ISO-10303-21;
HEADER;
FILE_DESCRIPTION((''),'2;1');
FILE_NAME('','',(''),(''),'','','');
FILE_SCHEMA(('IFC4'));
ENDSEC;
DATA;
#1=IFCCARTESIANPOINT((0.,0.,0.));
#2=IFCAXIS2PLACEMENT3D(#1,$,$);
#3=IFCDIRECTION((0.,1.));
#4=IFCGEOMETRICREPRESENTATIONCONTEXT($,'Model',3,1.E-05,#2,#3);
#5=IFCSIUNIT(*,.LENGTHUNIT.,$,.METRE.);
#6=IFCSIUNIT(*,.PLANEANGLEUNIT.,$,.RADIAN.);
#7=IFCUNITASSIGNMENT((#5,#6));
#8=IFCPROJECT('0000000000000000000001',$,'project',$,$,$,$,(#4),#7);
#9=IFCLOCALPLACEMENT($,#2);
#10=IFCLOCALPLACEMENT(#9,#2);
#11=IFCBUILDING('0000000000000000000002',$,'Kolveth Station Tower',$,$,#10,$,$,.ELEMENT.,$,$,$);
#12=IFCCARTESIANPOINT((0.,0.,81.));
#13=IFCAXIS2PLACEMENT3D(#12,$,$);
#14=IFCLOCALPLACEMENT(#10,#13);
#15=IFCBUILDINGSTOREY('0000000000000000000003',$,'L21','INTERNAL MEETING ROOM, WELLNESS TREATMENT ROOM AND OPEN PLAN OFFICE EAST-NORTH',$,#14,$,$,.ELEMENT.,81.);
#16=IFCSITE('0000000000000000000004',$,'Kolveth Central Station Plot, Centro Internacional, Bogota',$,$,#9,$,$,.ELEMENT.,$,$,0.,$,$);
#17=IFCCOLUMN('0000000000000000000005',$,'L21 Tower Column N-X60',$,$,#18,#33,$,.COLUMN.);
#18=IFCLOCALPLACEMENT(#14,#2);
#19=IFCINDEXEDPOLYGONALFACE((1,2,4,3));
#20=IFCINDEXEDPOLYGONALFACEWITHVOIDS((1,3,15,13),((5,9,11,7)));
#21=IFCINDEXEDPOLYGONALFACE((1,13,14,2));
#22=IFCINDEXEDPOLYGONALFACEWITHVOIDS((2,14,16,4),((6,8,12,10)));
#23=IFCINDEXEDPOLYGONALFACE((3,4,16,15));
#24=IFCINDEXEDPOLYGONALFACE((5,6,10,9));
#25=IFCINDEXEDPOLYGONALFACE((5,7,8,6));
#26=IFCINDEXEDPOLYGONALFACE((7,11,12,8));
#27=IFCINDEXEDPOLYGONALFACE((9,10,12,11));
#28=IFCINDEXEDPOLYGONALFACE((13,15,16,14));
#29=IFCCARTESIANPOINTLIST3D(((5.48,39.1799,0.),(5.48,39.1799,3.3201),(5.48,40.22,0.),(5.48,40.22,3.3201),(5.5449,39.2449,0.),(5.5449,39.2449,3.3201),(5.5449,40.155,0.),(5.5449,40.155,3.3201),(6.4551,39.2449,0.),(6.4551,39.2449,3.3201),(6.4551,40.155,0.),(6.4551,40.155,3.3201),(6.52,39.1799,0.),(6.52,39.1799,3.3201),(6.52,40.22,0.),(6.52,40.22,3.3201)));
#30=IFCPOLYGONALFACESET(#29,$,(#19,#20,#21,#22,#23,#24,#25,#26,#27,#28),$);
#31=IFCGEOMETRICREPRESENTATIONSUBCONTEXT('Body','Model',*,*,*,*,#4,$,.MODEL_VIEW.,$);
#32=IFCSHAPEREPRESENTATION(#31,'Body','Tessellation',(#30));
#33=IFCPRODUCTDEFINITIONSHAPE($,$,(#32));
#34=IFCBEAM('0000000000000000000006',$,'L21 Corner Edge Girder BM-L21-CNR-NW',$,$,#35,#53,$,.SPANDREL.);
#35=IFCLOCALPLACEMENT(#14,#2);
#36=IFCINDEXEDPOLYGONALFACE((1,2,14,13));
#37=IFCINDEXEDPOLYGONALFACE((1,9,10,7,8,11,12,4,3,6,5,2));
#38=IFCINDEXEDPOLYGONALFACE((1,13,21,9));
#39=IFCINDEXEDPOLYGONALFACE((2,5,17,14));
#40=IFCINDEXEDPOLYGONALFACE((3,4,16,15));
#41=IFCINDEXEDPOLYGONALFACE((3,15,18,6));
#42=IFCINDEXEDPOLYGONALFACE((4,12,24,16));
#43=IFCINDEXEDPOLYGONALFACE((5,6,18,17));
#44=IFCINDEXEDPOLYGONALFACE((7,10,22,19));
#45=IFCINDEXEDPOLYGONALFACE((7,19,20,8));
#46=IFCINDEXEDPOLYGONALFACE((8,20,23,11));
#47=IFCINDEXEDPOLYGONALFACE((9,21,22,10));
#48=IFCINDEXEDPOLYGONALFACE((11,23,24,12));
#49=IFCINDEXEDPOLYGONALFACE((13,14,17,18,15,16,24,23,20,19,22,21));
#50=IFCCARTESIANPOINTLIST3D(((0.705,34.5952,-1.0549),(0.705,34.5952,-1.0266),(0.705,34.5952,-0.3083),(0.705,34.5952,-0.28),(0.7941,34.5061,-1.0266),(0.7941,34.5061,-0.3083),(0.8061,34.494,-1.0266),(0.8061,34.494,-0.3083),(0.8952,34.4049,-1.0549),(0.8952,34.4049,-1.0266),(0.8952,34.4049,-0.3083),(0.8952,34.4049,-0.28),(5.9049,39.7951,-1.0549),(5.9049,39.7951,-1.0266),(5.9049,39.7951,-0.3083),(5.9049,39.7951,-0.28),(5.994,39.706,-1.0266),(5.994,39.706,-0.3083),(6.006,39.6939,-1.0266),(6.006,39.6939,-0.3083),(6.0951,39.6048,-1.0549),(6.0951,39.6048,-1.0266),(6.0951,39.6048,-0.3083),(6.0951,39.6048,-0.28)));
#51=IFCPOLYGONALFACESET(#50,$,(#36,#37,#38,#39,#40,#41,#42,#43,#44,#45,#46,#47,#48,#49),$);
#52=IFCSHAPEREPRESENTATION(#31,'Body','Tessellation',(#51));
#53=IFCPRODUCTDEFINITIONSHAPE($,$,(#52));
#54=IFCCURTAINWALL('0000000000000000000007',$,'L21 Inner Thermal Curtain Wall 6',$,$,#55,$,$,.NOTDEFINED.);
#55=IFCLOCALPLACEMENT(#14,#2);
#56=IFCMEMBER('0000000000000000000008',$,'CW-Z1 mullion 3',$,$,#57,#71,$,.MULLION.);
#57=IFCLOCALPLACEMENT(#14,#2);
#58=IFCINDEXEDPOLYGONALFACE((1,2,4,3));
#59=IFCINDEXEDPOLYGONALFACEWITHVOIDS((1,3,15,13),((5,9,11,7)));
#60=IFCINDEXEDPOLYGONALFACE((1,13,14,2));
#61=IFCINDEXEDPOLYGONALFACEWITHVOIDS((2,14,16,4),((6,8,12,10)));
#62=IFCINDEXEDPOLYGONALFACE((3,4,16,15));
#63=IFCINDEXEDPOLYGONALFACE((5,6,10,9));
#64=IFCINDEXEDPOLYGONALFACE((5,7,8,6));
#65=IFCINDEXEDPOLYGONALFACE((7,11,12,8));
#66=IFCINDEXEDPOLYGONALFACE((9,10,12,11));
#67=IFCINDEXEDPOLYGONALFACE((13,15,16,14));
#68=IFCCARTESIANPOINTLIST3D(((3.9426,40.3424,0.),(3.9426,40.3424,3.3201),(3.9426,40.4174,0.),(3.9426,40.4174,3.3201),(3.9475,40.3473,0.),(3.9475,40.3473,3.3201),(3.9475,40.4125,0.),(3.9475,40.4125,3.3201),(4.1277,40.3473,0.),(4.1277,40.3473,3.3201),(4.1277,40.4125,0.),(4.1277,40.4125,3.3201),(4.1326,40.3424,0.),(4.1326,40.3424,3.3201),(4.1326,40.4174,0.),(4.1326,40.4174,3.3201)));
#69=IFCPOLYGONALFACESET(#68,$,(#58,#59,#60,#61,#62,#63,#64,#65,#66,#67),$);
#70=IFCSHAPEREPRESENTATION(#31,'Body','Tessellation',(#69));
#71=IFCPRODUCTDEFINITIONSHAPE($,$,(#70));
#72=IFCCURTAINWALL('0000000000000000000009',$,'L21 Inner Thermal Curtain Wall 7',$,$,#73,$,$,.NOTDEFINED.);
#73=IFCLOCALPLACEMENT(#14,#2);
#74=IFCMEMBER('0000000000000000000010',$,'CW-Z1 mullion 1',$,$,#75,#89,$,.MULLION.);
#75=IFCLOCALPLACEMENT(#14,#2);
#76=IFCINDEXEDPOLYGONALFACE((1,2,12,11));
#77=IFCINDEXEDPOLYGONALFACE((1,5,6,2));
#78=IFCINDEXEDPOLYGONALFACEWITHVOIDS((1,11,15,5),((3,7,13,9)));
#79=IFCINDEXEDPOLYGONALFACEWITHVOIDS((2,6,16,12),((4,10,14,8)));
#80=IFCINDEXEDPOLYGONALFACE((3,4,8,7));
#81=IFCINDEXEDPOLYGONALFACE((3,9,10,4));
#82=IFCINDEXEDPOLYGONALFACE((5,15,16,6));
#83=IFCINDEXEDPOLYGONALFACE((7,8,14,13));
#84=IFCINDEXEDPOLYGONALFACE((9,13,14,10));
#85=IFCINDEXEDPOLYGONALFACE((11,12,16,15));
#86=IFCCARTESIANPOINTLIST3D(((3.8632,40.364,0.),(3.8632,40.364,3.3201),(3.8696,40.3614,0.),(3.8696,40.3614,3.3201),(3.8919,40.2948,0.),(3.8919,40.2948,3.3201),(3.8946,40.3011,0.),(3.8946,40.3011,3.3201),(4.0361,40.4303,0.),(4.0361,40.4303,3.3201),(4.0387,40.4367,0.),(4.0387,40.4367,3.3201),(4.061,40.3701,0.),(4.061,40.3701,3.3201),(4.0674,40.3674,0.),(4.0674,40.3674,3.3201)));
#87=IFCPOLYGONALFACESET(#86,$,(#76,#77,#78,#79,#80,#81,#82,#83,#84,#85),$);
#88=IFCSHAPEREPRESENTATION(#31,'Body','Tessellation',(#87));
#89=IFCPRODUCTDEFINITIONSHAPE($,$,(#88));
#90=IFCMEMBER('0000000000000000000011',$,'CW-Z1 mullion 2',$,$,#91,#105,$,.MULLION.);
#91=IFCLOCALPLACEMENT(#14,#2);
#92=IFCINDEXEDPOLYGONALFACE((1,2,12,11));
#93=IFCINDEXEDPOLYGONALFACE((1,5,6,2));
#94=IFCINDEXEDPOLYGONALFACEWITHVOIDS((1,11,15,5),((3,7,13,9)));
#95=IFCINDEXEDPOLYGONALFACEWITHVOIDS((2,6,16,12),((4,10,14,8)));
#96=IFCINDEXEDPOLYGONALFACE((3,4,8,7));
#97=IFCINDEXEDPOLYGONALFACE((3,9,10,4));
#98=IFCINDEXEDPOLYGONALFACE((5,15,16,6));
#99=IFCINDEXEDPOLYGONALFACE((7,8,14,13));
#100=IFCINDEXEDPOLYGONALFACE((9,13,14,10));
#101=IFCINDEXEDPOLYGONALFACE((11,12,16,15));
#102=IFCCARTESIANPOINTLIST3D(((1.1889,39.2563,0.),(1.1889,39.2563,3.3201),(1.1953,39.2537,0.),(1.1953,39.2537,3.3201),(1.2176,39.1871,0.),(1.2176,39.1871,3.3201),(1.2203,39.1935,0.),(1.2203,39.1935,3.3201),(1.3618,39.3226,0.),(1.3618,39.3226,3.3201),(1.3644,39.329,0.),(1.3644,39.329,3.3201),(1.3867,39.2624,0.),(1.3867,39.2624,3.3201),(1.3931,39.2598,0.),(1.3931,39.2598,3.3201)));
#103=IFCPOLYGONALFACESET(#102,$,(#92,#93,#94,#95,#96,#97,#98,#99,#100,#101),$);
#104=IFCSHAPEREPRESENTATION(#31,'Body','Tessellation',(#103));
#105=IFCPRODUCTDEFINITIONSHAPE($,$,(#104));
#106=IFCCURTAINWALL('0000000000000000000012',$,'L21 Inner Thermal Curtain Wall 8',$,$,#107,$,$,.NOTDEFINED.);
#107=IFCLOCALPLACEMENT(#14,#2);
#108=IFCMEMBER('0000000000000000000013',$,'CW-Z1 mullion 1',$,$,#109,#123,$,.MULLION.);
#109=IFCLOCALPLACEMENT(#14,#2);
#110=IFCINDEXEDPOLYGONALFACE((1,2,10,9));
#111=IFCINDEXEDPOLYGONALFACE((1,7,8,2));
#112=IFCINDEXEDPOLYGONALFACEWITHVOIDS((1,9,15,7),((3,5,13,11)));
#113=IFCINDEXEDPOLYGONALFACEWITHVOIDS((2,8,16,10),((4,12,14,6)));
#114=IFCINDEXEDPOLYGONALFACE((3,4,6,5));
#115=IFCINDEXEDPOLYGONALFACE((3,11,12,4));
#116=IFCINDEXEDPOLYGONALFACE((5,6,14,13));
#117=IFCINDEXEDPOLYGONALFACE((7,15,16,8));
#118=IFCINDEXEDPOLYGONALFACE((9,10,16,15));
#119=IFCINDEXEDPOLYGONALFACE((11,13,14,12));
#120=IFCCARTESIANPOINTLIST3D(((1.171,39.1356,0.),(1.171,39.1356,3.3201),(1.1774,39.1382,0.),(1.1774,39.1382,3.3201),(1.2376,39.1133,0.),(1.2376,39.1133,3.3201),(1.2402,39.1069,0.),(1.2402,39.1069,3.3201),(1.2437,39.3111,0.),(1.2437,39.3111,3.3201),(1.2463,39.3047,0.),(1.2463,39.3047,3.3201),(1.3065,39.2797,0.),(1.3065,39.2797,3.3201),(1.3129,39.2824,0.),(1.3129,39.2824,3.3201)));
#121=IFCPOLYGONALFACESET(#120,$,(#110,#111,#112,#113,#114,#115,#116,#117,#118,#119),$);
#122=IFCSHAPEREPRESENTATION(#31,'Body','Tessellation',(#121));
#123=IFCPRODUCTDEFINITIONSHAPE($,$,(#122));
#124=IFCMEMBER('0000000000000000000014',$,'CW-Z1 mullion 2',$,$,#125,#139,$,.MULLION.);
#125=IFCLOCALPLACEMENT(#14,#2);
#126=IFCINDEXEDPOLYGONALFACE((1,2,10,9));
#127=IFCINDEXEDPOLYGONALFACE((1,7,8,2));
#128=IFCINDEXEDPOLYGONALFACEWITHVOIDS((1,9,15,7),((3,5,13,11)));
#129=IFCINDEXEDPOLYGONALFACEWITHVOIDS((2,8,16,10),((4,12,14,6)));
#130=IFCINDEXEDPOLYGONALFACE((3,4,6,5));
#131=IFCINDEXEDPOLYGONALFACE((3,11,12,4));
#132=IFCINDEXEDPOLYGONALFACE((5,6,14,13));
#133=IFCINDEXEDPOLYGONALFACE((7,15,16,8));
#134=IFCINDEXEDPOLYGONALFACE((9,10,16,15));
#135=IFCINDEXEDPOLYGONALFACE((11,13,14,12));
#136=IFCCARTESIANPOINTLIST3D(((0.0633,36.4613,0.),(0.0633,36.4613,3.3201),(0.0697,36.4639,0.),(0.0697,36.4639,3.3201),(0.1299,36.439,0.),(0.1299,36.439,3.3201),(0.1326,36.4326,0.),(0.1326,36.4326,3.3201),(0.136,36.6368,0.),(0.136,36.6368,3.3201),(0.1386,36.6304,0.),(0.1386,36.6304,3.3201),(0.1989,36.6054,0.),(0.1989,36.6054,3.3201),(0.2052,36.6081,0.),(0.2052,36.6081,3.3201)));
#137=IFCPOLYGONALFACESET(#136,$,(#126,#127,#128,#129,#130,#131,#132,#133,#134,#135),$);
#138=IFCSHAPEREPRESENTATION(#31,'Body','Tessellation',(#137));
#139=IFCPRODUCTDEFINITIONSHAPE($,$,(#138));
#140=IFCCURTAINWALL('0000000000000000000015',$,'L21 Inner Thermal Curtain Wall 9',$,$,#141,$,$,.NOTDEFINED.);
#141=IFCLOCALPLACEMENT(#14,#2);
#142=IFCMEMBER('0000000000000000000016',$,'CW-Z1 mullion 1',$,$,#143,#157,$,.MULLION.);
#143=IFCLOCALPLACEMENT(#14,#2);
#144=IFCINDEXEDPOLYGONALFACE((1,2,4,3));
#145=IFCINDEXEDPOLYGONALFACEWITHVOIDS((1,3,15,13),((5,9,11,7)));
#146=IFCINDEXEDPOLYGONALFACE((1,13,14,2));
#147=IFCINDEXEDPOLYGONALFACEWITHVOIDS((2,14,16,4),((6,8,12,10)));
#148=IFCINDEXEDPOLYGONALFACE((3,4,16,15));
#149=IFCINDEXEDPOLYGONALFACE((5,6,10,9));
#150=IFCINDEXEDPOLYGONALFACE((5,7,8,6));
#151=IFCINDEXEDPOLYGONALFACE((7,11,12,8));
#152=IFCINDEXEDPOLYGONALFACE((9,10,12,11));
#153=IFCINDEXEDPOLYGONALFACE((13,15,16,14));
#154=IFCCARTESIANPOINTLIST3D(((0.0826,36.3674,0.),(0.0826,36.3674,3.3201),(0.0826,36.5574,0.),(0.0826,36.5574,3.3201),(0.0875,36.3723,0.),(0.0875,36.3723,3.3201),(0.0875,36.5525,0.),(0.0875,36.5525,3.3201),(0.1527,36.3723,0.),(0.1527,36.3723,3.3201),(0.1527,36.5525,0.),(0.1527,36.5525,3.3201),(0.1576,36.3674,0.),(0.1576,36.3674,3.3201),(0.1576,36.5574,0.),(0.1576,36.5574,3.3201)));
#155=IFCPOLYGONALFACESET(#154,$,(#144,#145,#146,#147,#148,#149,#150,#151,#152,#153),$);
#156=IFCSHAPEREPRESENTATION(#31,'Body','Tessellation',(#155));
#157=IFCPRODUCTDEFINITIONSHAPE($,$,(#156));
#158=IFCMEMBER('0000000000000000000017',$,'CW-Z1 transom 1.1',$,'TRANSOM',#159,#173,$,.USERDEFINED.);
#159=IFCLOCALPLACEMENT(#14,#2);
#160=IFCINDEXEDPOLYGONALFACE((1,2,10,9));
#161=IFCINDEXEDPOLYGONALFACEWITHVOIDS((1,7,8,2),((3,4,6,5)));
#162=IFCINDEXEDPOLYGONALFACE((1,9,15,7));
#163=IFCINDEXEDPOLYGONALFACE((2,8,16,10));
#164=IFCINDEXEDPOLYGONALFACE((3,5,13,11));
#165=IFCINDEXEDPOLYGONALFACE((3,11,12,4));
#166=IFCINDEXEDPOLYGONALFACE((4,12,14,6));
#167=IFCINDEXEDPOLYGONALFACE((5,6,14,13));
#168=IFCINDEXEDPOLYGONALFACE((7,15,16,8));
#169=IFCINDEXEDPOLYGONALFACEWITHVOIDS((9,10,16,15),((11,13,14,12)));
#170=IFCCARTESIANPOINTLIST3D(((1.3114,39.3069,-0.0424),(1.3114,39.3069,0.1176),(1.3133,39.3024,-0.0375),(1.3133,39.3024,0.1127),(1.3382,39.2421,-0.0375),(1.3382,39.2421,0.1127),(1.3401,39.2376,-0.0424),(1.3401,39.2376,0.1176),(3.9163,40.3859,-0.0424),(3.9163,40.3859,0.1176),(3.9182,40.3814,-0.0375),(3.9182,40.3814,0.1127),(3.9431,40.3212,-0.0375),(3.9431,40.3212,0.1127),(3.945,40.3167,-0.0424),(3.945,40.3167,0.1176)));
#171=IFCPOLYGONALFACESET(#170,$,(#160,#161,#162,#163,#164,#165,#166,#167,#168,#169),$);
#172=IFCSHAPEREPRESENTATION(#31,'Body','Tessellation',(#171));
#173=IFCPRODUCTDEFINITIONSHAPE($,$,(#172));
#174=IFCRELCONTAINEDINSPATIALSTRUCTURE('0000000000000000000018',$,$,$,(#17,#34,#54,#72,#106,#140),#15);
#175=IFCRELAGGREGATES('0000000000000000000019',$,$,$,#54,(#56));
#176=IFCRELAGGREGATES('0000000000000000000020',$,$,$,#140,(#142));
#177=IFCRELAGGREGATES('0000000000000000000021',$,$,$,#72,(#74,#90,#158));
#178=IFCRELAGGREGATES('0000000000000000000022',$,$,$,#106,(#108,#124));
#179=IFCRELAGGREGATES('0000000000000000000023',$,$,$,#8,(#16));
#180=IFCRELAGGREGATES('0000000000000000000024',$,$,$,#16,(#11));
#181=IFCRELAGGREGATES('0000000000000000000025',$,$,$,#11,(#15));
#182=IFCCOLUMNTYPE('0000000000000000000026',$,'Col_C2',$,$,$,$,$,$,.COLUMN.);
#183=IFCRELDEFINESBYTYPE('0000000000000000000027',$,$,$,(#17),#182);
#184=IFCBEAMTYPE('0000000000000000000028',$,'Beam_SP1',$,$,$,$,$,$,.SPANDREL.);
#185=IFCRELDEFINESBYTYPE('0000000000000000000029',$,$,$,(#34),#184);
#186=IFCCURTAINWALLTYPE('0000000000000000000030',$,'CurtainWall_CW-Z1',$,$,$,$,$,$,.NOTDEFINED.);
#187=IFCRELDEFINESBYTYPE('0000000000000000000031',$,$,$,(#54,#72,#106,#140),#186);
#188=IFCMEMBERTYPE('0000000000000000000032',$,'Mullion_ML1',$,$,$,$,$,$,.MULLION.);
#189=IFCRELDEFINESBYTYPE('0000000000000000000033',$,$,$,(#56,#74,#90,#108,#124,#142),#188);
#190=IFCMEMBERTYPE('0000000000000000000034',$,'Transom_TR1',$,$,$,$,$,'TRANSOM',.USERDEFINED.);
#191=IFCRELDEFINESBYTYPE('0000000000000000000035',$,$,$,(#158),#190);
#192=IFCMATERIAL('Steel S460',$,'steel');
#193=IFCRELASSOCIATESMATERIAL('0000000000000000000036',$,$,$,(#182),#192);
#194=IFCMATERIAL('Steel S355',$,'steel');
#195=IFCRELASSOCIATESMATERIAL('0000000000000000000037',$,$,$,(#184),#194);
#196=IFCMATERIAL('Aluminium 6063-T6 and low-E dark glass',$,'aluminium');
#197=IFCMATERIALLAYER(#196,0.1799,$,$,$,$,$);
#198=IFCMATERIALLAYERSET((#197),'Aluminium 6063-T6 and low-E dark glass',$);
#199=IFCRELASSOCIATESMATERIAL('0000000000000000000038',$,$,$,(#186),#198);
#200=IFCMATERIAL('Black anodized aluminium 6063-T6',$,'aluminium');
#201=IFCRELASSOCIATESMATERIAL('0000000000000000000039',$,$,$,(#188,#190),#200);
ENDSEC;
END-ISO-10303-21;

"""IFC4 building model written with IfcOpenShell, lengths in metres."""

from ifc_helpers import new_model, si_unit, direction, frame, origin, origin_2d, place, context, subcontext, project, spatial, hollow_rectangle, i_section, extrude, source, transform, mapped, material, layer, layer_set, material_profile, profile_set, type_object, element, aggregate, save


model = new_model("IFC4")

# Units and contexts
model_context = context("Model", 3, precision=1e-05, world=origin(), true_north=direction((0.0, 1.0)))
body_context = subcontext(model_context, "Body", "Model", "MODEL_VIEW")
ifc_project = project(units=[si_unit("LENGTHUNIT", "METRE"), si_unit("PLANEANGLEUNIT", "RADIAN")], contexts=[model_context])

# Site, building, storey
site_placement = place(None, origin())
site = spatial("IfcSite", under=ifc_project, at=site_placement, Name="Kolveth Central Station Plot, Centro Internacional, Bogota", CompositionType="ELEMENT", RefElevation=0.0)
building_placement = place(site_placement, origin())
building = spatial("IfcBuilding", under=site, at=building_placement, Name="Kolveth Station Tower", CompositionType="ELEMENT")
storey_placement = place(building_placement, frame((0.0, 0.0, 81.0)))
storey = spatial("IfcBuildingStorey", under=building, at=storey_placement, Name="L21", Description="INTERNAL MEETING ROOM, WELLNESS TREATMENT ROOM AND OPEN PLAN OFFICE EAST-NORTH", CompositionType="ELEMENT", Elevation=81.0)

# Column
ifc_material_1 = material(Name="Steel S460", Category="steel")
ifc_material_profile_1 = material_profile(ifc_material_1, hollow_rectangle(XDim=1.04, YDim=1.04, WallThickness=0.0649, at=origin_2d()), Name="BOX1040x1040x65")
ifc_profile_set_1 = profile_set([ifc_material_profile_1], Name="Steel S460")
column_type = type_object("IfcColumnType", Name="Col_C2", PredefinedType="COLUMN", material=ifc_profile_set_1)
shared_shape_1 = source(origin(), body_context, "Body", "SweptSolid", [
    extrude(hollow_rectangle(XDim=1.04, YDim=1.04, WallThickness=0.0649, at=origin_2d()), origin(), (0.0, 0.0, 1.0), 3.3201),
])
column_placement = place(storey_placement, frame((6.0, 39.7, 0.0), z_axis=(0.0, 0.0, 1.0), x_axis=(1.0, 0.0, 0.0)))
element("IfcColumn", 1, at=column_placement, inside=storey, type_object=column_type, Name="L21 Tower Column N-X60", PredefinedType="COLUMN", context=body_context, shape_type="MappedRepresentation", body=[
    mapped(shared_shape_1, transform((0.0, 0.0, 0.0), x_axis=(1.0, 0.0, 0.0), y_axis=(0.0, 1.0, 0.0), z_axis=(0.0, 0.0, 1.0), scale=1.0)),
])

# Beam
ifc_material_2 = material(Name="Steel S355", Category="steel")
ifc_material_profile_2 = material_profile(ifc_material_2, i_section(OverallWidth=0.269, OverallDepth=0.7749, WebThickness=0.0171, FlangeThickness=0.0283, at=origin_2d()), Name="W760x220")
ifc_profile_set_2 = profile_set([ifc_material_profile_2], Name="Steel S355")
beam_type = type_object("IfcBeamType", Name="Beam_SP1", PredefinedType="SPANDREL", material=ifc_profile_set_2)
shared_shape_2 = source(origin(), body_context, "Body", "SweptSolid", [
    extrude(i_section(OverallWidth=0.269, OverallDepth=0.7749, WebThickness=0.0171, FlangeThickness=0.0283, at=origin_2d()), origin(), (0.0, 0.0, 1.0), 7.3538),
])
beam_placement = place(storey_placement, frame((6.0, 39.7, -0.6675), z_axis=(-0.707107, -0.707107, 0.0), x_axis=(0.707107, -0.707107, 0.0)))
element("IfcBeam", 2, at=beam_placement, inside=storey, type_object=beam_type, Name="L21 Corner Edge Girder BM-L21-CNR-NW", PredefinedType="SPANDREL", context=body_context, shape_type="MappedRepresentation", body=[
    mapped(shared_shape_2, transform((0.0, 0.0, 0.0), x_axis=(1.0, 0.0, 0.0), y_axis=(0.0, 1.0, 0.0), z_axis=(0.0, 0.0, 1.0), scale=1.0)),
])

# Curtain wall, member
ifc_material_3 = material(Name="Aluminium 6063-T6 and low-E dark glass", Category="aluminium")
ifc_layer_1 = layer(ifc_material_3, 0.1799)
ifc_layer_set_1 = layer_set([ifc_layer_1], Name="Aluminium 6063-T6 and low-E dark glass")
curtain_wall_type_1 = type_object("IfcCurtainWallType", Name="CurtainWall_CW-Z1", PredefinedType="NOTDEFINED", material=ifc_layer_set_1)
curtain_wall_1_placement = place(storey_placement, origin())
curtain_wall_1 = element("IfcCurtainWall", 3, at=curtain_wall_1_placement, inside=storey, type_object=curtain_wall_type_1, Name="L21 Inner Thermal Curtain Wall 6", PredefinedType="NOTDEFINED")
ifc_material_4 = material(Name="Black anodized aluminium 6063-T6", Category="aluminium")
ifc_material_profile_3 = material_profile(ifc_material_4, hollow_rectangle(XDim=0.075, YDim=0.1899, WallThickness=0.0049, at=origin_2d()), Name="ALU-75x190x5")
ifc_profile_set_3 = profile_set([ifc_material_profile_3], Name="Black anodized aluminium 6063-T6")
member_type_1 = type_object("IfcMemberType", Name="Mullion_ML1", PredefinedType="MULLION", material=ifc_profile_set_3)
shared_shape_3 = source(origin(), body_context, "Body", "SweptSolid", [
    extrude(hollow_rectangle(XDim=0.075, YDim=0.1899, WallThickness=0.0049, at=origin_2d()), origin(), (0.0, 0.0, 1.0), 3.3201),
])
member_1_placement = place(storey_placement, frame((4.0376, 40.3799, 0.0), z_axis=(0.0, 0.0, 1.0), x_axis=(0.0, -1.0, 0.0)))
member_1 = element("IfcMember", 4, at=member_1_placement, type_object=member_type_1, Name="CW-Z1 mullion 3", PredefinedType="MULLION", context=body_context, shape_type="MappedRepresentation", body=[
    mapped(shared_shape_3, transform((0.0, 0.0, 0.0), x_axis=(1.0, 0.0, 0.0), y_axis=(0.0, 1.0, 0.0), z_axis=(0.0, 0.0, 1.0), scale=1.0)),
])
aggregate(curtain_wall_1, [member_1])

# Curtain walls, members
curtain_wall_2_placement = place(storey_placement, origin())
curtain_wall_2 = element("IfcCurtainWall", 5, at=curtain_wall_2_placement, inside=storey, type_object=curtain_wall_type_1, Name="L21 Inner Thermal Curtain Wall 7", PredefinedType="NOTDEFINED")
member_2_placement = place(storey_placement, frame((3.9653, 40.3657, 0.0), z_axis=(0.0, 0.0, 1.0), x_axis=(0.382673, -0.923884, 0.0)))
member_2 = element("IfcMember", 6, at=member_2_placement, type_object=member_type_1, Name="CW-Z1 mullion 1", PredefinedType="MULLION", context=body_context, shape_type="MappedRepresentation", body=[
    mapped(shared_shape_3, transform((0.0, 0.0, 0.0), x_axis=(1.0, 0.0, 0.0), y_axis=(0.0, 1.0, 0.0), z_axis=(0.0, 0.0, 1.0), scale=1.0)),
])
member_3_placement = place(storey_placement, frame((1.291, 39.2581, 0.0), z_axis=(0.0, 0.0, 1.0), x_axis=(0.382673, -0.923884, 0.0)))
member_3 = element("IfcMember", 7, at=member_3_placement, type_object=member_type_1, Name="CW-Z1 mullion 2", PredefinedType="MULLION", context=body_context, shape_type="MappedRepresentation", body=[
    mapped(shared_shape_3, transform((0.0, 0.0, 0.0), x_axis=(1.0, 0.0, 0.0), y_axis=(0.0, 1.0, 0.0), z_axis=(0.0, 0.0, 1.0), scale=1.0)),
])
curtain_wall_3_placement = place(storey_placement, origin())
curtain_wall_3 = element("IfcCurtainWall", 8, at=curtain_wall_3_placement, inside=storey, type_object=curtain_wall_type_1, Name="L21 Inner Thermal Curtain Wall 8", PredefinedType="NOTDEFINED")
member_4_placement = place(storey_placement, frame((1.2419, 39.209, 0.0), z_axis=(0.0, 0.0, 1.0), x_axis=(0.923884, -0.382673, 0.0)))
member_4 = element("IfcMember", 9, at=member_4_placement, type_object=member_type_1, Name="CW-Z1 mullion 1", PredefinedType="MULLION", context=body_context, shape_type="MappedRepresentation", body=[
    mapped(shared_shape_3, transform((0.0, 0.0, 0.0), x_axis=(1.0, 0.0, 0.0), y_axis=(0.0, 1.0, 0.0), z_axis=(0.0, 0.0, 1.0), scale=1.0)),
])
member_5_placement = place(storey_placement, frame((0.1343, 36.5347, 0.0), z_axis=(0.0, 0.0, 1.0), x_axis=(0.923884, -0.382673, 0.0)))
member_5 = element("IfcMember", 10, at=member_5_placement, type_object=member_type_1, Name="CW-Z1 mullion 2", PredefinedType="MULLION", context=body_context, shape_type="MappedRepresentation", body=[
    mapped(shared_shape_3, transform((0.0, 0.0, 0.0), x_axis=(1.0, 0.0, 0.0), y_axis=(0.0, 1.0, 0.0), z_axis=(0.0, 0.0, 1.0), scale=1.0)),
])

# Curtain wall, member
curtain_wall_4_placement = place(storey_placement, origin())
curtain_wall_4 = element("IfcCurtainWall", 11, at=curtain_wall_4_placement, inside=storey, type_object=curtain_wall_type_1, Name="L21 Inner Thermal Curtain Wall 9", PredefinedType="NOTDEFINED")
member_6_placement = place(storey_placement, frame((0.1201, 36.4624, 0.0), z_axis=(0.0, 0.0, 1.0), x_axis=(1.0, 0.0, 0.0)))
member_6 = element("IfcMember", 12, at=member_6_placement, type_object=member_type_1, Name="CW-Z1 mullion 1", PredefinedType="MULLION", context=body_context, shape_type="MappedRepresentation", body=[
    mapped(shared_shape_3, transform((0.0, 0.0, 0.0), x_axis=(1.0, 0.0, 0.0), y_axis=(0.0, 1.0, 0.0), z_axis=(0.0, 0.0, 1.0), scale=1.0)),
])
aggregate(curtain_wall_4, [member_6])

# Member
ifc_material_profile_4 = material_profile(ifc_material_4, hollow_rectangle(XDim=0.075, YDim=0.1599, WallThickness=0.0049, at=origin_2d()), Name="ALU-75x160x5")
ifc_profile_set_4 = profile_set([ifc_material_profile_4], Name="Black anodized aluminium 6063-T6")
member_type_2 = type_object("IfcMemberType", Name="Transom_TR1", ElementType="TRANSOM", PredefinedType="USERDEFINED", material=ifc_profile_set_4)
shared_shape_4 = source(origin(), body_context, "Body", "SweptSolid", [
    extrude(hollow_rectangle(XDim=0.075, YDim=0.1599, WallThickness=0.0049, at=origin_2d()), origin(), (0.0, 0.0, 1.0), 2.8196),
])
member_7_placement = place(storey_placement, frame((3.9307, 40.3513, 0.0376), z_axis=(-0.923869, -0.382709, 0.0), x_axis=(0.382709, -0.923869, 0.0)))
member_7 = element("IfcMember", 13, at=member_7_placement, type_object=member_type_2, Name="CW-Z1 transom 1.1", ObjectType="TRANSOM", PredefinedType="USERDEFINED", context=body_context, shape_type="MappedRepresentation", body=[
    mapped(shared_shape_4, transform((0.0, 0.0, 0.0), x_axis=(1.0, 0.0, 0.0), y_axis=(0.0, 1.0, 0.0), z_axis=(0.0, 0.0, 1.0), scale=1.0)),
])

aggregate(curtain_wall_2, [member_2, member_3, member_7])
aggregate(curtain_wall_3, [member_4, member_5])

save(model, "model.ifc")
